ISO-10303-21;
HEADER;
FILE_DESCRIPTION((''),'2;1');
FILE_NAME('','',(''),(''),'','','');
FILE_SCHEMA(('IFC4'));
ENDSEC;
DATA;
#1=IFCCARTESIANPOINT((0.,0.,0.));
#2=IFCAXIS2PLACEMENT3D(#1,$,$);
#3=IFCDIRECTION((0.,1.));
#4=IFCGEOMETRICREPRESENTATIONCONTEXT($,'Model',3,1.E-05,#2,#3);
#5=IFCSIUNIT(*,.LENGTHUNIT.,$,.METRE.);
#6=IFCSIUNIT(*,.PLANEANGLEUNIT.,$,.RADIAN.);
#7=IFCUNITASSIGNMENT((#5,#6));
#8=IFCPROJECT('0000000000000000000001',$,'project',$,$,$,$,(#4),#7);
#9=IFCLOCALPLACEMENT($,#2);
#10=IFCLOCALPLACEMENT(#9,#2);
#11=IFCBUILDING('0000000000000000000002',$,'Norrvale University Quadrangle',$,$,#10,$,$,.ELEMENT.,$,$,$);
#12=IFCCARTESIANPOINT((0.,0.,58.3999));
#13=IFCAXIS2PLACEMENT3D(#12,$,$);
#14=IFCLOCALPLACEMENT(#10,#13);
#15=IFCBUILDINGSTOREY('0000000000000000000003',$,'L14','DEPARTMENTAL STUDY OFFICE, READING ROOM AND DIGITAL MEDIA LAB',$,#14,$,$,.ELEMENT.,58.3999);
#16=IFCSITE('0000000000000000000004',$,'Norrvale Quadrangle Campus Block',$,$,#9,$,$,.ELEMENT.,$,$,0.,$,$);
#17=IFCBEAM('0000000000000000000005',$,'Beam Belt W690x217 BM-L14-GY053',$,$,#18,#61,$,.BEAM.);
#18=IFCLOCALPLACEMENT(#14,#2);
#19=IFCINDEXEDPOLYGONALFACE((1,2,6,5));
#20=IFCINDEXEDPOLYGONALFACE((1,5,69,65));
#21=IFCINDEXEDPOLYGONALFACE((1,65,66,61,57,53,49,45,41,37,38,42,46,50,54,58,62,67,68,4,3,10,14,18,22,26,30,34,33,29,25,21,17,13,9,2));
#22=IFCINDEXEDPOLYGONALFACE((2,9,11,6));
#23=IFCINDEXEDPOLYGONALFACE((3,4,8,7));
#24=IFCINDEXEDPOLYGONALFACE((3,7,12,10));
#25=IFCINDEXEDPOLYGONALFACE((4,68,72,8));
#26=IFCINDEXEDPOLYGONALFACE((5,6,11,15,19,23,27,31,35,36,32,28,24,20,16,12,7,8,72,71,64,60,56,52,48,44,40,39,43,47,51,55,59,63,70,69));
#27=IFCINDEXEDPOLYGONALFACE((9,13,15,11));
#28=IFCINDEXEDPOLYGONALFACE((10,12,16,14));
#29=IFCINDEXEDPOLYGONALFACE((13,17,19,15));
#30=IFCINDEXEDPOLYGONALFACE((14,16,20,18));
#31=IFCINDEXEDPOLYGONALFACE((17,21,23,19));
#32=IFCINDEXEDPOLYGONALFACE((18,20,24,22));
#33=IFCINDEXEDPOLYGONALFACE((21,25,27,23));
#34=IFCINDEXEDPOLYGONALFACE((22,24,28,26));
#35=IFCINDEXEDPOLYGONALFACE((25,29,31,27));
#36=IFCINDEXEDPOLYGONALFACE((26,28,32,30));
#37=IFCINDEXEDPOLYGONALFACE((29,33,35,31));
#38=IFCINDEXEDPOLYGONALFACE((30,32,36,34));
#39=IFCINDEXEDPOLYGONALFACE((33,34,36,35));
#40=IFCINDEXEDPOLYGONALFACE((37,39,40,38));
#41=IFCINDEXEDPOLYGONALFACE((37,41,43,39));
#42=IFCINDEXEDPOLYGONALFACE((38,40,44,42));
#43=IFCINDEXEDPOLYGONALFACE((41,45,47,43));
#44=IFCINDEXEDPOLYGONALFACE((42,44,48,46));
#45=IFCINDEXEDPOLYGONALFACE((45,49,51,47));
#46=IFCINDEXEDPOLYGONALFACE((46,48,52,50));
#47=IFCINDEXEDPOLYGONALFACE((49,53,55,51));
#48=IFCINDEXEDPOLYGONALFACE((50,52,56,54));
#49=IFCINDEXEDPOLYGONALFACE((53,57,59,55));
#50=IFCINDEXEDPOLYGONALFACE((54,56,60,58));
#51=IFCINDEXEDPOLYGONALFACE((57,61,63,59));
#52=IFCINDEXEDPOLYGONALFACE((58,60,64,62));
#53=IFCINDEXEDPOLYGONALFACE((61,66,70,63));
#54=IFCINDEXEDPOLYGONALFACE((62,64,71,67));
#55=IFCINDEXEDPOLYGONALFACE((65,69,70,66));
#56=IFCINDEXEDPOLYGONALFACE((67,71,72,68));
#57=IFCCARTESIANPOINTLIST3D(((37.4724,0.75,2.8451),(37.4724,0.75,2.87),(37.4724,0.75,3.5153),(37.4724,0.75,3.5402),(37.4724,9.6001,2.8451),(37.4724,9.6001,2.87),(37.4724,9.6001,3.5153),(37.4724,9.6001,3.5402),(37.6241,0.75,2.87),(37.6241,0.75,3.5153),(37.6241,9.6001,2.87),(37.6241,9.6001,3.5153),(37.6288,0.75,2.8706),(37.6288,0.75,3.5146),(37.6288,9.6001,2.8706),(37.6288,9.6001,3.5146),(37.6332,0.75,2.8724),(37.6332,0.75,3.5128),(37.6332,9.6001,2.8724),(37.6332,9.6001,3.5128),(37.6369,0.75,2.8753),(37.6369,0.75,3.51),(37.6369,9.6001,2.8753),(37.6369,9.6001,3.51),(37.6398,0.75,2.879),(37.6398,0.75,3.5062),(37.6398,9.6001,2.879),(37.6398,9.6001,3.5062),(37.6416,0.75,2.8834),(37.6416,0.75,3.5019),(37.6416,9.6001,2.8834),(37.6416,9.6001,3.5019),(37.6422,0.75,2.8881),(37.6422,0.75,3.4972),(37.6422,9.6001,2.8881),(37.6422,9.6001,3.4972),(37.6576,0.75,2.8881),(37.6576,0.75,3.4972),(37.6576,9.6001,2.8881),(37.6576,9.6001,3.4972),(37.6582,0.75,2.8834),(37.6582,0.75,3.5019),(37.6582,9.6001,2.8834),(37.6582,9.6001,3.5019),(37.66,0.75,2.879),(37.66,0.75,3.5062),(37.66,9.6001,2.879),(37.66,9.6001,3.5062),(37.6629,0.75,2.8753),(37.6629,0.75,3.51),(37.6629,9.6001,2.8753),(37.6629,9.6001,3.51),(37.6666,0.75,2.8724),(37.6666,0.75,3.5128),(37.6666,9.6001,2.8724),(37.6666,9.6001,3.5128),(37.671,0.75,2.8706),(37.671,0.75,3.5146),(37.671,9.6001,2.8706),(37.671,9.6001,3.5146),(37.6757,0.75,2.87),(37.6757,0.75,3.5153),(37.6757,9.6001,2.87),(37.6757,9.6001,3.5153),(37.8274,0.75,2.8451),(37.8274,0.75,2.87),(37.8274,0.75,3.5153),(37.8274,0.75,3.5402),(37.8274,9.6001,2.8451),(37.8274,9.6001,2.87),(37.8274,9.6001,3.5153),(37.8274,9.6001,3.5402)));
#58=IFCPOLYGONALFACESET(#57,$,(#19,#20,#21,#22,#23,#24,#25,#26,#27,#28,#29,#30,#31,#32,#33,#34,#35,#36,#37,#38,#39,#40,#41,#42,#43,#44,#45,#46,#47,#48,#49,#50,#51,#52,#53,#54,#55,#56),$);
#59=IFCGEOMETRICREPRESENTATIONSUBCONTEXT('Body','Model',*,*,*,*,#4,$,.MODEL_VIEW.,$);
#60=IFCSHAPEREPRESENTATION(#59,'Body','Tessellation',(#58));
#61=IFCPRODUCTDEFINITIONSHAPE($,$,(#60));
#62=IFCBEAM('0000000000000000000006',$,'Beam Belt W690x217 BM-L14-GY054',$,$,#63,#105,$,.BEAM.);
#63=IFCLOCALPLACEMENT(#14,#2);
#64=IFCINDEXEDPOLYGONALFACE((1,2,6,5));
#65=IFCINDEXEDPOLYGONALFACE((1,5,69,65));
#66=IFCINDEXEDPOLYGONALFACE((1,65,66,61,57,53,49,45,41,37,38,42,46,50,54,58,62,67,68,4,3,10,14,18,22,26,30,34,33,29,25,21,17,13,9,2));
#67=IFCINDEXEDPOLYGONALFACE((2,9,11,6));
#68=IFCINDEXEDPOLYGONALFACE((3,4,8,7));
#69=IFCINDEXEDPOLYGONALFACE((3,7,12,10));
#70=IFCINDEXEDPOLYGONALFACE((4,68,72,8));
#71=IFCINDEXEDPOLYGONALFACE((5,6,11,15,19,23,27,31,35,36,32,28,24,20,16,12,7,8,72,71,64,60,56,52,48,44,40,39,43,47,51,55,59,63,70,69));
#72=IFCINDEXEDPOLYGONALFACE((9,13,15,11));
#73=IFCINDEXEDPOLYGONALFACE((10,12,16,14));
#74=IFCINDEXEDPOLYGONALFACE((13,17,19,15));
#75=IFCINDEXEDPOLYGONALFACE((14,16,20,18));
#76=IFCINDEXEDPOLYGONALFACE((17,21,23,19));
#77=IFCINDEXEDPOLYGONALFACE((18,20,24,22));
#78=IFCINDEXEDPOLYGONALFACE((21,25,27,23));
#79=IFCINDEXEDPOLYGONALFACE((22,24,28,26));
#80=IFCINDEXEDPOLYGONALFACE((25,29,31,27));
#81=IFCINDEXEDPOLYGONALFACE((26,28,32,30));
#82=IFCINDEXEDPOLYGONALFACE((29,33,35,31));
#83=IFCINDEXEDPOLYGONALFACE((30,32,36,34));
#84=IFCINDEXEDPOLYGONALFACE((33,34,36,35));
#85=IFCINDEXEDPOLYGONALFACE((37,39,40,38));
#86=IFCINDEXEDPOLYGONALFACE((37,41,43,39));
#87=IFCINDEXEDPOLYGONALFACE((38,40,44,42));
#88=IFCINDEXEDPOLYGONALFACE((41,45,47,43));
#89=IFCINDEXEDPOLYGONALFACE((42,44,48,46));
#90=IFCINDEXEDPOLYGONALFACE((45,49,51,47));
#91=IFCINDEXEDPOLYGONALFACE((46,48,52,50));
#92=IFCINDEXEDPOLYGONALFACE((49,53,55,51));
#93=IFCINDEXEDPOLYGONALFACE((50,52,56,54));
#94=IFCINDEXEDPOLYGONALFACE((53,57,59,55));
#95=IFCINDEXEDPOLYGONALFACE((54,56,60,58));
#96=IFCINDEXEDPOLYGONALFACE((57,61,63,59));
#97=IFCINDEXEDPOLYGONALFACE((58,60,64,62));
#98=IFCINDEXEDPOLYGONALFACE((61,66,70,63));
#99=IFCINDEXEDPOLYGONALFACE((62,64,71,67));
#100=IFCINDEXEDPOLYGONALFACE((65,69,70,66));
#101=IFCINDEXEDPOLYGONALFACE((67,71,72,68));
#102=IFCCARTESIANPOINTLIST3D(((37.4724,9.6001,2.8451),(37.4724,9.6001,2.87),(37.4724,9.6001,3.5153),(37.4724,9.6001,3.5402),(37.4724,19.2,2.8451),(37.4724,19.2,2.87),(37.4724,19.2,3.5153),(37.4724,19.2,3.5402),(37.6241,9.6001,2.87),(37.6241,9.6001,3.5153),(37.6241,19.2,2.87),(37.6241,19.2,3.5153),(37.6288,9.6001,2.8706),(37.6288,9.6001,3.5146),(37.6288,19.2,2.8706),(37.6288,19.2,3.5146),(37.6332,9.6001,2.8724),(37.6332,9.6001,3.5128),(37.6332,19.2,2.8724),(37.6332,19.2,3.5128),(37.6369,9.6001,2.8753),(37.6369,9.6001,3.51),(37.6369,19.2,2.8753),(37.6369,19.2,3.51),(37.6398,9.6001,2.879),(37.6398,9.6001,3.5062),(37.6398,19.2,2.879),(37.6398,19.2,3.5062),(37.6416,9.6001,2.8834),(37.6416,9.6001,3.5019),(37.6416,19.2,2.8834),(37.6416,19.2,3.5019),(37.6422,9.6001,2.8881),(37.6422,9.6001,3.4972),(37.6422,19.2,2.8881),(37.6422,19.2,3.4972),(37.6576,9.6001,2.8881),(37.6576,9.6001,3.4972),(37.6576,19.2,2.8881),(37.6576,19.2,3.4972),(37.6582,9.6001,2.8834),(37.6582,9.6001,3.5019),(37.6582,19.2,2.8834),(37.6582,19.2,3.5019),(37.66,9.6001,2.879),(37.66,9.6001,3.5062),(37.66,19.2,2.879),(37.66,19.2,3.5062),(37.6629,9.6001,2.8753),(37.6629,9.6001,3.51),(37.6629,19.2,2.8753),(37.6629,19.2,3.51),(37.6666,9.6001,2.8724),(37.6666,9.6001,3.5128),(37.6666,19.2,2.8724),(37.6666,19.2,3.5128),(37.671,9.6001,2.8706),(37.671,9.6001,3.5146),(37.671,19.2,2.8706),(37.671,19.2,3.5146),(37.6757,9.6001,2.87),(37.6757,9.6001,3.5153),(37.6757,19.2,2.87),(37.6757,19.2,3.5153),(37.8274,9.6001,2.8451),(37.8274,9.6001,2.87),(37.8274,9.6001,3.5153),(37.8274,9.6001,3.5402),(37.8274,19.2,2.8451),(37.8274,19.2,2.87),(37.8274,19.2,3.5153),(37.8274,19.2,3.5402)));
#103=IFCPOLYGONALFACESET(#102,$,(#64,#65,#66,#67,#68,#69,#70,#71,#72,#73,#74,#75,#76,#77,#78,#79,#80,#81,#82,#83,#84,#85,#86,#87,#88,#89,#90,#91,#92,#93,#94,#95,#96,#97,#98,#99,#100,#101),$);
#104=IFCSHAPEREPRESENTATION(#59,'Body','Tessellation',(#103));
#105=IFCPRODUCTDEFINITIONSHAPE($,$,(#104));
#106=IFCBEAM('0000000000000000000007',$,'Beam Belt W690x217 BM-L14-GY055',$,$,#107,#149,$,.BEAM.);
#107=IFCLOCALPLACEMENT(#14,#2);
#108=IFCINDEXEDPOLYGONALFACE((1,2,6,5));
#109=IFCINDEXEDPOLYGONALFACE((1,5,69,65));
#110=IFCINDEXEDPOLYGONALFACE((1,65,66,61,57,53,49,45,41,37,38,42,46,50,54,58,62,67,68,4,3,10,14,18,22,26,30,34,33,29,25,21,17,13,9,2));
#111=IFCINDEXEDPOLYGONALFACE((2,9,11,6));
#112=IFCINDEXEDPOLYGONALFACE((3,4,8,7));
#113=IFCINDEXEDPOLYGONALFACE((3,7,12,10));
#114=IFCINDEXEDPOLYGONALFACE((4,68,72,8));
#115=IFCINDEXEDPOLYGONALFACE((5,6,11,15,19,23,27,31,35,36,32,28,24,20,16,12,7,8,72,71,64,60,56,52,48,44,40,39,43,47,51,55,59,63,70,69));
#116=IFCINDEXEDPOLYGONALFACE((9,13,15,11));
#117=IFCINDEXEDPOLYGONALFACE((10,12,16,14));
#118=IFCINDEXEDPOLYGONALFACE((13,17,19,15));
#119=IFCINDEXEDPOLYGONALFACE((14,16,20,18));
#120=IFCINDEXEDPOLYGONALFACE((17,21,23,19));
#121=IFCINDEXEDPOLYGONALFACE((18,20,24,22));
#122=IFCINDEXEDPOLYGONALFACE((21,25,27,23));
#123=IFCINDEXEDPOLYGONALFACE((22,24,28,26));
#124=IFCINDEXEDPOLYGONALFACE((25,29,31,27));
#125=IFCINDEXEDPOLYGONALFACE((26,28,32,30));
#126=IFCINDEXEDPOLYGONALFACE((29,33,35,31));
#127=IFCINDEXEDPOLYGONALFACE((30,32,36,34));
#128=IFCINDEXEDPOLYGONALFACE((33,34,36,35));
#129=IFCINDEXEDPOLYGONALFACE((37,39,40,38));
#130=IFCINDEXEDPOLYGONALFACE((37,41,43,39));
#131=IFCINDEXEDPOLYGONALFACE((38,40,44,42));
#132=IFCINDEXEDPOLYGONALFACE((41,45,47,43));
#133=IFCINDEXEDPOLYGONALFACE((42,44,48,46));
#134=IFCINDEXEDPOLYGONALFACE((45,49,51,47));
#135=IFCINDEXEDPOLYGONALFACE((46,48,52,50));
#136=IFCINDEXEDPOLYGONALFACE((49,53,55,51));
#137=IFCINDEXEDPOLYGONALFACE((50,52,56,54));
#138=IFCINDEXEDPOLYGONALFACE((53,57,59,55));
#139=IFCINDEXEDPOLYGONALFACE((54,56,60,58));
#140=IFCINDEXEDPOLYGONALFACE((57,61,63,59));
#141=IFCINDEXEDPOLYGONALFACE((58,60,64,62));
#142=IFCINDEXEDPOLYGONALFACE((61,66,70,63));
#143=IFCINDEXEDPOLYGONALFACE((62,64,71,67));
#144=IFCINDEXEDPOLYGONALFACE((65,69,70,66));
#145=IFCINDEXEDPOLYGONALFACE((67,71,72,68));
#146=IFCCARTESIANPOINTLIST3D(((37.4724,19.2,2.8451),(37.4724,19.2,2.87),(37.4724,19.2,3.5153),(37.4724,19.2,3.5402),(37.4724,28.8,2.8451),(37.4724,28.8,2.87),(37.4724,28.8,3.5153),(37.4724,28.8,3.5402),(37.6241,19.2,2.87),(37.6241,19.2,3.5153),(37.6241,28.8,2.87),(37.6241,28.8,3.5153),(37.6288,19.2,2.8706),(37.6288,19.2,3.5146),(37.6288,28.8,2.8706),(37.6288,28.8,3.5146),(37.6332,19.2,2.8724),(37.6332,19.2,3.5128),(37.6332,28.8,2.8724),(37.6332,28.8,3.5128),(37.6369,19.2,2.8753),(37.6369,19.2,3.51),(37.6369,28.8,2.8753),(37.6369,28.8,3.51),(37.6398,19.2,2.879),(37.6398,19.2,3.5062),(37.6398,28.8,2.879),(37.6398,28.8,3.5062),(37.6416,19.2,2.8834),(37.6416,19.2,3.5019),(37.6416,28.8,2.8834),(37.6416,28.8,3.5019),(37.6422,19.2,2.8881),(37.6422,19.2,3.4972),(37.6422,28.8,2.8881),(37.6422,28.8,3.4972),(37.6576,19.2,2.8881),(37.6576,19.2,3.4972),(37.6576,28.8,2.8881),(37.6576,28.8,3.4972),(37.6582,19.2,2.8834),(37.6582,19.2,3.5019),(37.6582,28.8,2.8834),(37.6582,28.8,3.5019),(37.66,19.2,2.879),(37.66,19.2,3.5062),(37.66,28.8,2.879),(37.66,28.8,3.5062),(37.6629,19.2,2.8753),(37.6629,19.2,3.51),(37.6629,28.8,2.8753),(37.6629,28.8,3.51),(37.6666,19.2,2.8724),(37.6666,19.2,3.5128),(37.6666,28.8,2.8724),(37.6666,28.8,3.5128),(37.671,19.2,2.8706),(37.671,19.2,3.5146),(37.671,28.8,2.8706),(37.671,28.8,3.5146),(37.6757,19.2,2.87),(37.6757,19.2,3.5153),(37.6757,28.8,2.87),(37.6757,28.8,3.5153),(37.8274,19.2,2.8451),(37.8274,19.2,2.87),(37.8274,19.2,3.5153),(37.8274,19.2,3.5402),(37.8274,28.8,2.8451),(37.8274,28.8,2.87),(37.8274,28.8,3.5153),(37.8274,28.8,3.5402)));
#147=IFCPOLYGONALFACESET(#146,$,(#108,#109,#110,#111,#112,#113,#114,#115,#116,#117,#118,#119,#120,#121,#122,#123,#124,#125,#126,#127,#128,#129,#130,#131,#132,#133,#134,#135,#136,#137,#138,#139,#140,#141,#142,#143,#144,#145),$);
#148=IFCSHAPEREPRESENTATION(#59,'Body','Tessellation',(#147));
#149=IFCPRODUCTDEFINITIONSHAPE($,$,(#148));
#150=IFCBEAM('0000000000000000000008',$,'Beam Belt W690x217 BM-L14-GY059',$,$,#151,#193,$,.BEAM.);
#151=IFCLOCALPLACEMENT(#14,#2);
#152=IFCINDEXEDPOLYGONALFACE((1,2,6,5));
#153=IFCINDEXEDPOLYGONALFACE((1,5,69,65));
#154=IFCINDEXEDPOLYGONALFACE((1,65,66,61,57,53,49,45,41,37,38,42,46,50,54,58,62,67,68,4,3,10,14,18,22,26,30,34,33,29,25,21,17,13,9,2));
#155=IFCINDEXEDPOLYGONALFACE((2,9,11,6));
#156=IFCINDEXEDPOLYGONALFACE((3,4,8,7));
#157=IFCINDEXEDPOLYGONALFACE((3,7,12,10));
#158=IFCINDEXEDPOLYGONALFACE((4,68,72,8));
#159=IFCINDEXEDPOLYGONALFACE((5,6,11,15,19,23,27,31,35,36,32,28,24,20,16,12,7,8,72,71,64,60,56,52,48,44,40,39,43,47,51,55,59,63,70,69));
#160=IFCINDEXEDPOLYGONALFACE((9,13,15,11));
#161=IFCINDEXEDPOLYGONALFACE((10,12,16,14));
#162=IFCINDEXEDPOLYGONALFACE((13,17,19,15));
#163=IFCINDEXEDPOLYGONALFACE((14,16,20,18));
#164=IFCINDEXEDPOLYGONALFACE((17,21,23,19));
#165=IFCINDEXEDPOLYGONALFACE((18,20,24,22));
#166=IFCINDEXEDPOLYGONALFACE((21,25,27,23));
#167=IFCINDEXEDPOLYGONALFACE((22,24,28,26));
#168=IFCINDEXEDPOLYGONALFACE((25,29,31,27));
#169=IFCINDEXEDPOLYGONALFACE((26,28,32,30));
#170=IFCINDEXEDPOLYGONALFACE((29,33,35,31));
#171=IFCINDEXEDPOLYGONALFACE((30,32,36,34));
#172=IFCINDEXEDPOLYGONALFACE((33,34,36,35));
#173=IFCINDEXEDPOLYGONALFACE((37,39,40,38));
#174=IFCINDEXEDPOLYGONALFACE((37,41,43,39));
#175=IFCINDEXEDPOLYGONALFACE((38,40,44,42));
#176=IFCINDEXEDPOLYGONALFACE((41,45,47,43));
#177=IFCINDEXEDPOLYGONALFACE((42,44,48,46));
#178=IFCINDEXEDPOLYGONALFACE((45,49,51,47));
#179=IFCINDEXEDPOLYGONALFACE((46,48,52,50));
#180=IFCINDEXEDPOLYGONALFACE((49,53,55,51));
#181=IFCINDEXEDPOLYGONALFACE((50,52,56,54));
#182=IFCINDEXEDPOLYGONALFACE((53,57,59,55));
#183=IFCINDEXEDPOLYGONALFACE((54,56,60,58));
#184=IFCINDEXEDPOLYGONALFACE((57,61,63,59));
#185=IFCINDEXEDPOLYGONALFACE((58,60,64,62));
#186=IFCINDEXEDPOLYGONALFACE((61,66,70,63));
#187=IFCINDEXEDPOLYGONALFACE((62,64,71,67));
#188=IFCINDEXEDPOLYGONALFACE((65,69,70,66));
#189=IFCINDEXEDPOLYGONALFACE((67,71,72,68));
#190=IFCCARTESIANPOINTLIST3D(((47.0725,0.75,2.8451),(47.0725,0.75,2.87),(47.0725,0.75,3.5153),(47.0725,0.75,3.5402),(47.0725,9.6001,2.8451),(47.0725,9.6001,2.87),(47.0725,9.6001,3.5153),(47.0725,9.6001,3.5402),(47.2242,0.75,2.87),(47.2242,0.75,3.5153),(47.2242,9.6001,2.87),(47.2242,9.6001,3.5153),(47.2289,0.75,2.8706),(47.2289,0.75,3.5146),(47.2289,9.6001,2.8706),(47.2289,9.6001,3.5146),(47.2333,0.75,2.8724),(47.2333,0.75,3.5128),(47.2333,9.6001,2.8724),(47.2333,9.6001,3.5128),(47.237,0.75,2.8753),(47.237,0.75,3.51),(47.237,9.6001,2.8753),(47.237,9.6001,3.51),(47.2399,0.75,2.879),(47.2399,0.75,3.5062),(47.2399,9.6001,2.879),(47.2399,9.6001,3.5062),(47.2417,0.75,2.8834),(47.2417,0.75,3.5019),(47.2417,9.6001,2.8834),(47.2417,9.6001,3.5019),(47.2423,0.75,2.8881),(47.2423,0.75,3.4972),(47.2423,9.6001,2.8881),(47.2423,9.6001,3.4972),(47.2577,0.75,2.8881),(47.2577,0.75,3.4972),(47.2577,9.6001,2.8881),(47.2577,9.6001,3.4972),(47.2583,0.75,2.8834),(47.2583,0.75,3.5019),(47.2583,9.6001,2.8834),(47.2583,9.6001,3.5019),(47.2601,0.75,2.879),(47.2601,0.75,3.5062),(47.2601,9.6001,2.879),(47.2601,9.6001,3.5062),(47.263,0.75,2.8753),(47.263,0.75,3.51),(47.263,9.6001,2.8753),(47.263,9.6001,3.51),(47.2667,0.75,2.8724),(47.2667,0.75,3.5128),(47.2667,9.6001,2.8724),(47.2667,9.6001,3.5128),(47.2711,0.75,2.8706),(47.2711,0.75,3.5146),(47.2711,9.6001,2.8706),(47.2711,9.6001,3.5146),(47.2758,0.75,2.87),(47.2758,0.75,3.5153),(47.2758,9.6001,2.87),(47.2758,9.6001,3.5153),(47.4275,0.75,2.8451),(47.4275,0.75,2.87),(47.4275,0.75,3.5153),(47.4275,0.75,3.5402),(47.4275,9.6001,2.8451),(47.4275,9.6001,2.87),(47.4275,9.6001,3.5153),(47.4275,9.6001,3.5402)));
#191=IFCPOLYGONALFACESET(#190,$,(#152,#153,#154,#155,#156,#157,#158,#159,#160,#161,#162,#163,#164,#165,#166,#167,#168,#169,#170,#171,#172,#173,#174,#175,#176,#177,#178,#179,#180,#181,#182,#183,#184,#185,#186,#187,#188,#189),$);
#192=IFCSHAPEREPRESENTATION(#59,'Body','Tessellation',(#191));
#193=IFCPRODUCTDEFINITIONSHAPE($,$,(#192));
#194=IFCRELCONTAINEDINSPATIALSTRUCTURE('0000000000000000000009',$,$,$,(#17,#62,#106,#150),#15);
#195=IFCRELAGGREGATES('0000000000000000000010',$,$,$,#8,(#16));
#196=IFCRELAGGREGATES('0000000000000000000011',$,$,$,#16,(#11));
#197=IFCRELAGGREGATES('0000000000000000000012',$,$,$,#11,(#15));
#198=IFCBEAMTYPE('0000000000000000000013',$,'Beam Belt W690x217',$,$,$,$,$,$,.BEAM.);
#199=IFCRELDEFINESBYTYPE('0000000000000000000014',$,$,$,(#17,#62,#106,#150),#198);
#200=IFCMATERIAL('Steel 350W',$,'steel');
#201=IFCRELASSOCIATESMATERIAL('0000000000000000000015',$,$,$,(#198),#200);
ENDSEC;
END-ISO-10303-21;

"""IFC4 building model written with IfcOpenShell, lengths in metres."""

from ifc_helpers import new_model, si_unit, direction, frame, origin, origin_2d, place, context, subcontext, project, spatial, i_section, extrude, material, material_profile, profile_set, type_object, element, save


model = new_model("IFC4")

# Units and contexts
model_context = context("Model", 3, precision=1e-05, world=origin(), true_north=direction((0.0, 1.0)))
body_context = subcontext(model_context, "Body", "Model", "MODEL_VIEW")
ifc_project = project(units=[si_unit("LENGTHUNIT", "METRE"), si_unit("PLANEANGLEUNIT", "RADIAN")], contexts=[model_context])

# Site, building, storey
site_placement = place(None, origin())
site = spatial("IfcSite", under=ifc_project, at=site_placement, Name="Norrvale Quadrangle Campus Block", CompositionType="ELEMENT", RefElevation=0.0)
building_placement = place(site_placement, origin())
building = spatial("IfcBuilding", under=site, at=building_placement, Name="Norrvale University Quadrangle", CompositionType="ELEMENT")
storey_placement = place(building_placement, frame((0.0, 0.0, 58.3999)))
storey = spatial("IfcBuildingStorey", under=building, at=storey_placement, Name="L14", Description="DEPARTMENTAL STUDY OFFICE, READING ROOM AND DIGITAL MEDIA LAB", CompositionType="ELEMENT", Elevation=58.3999)

# Beams
ifc_material_1 = material(Name="Steel 350W", Category="steel")
ifc_material_profile_1 = material_profile(ifc_material_1, i_section(OverallWidth=0.355, OverallDepth=0.6951, WebThickness=0.0154, FlangeThickness=0.0249, FilletRadius=0.0181, at=origin_2d()), Name="Steel 350W")
ifc_profile_set_1 = profile_set([ifc_material_profile_1], Name="Steel 350W")
beam_type_1 = type_object("IfcBeamType", Name="Beam Belt W690x217", PredefinedType="BEAM", material=ifc_profile_set_1)
beam_1_placement = place(storey_placement, frame((37.6499, 0.75, 3.1926), z_axis=(0.0, 1.0, 0.0), x_axis=(-1.0, 0.0, 0.0)))
element("IfcBeam", 1, at=beam_1_placement, inside=storey, type_object=beam_type_1, Name="Beam Belt W690x217 BM-L14-GY053", PredefinedType="BEAM", context=body_context, shape_type="SweptSolid", body=[
    extrude(i_section(OverallWidth=0.355, OverallDepth=0.6951, WebThickness=0.0154, FlangeThickness=0.0249, FilletRadius=0.0181, at=origin_2d()), origin(), (0.0, 0.0, 1.0), 8.8501),
])
beam_2_placement = place(storey_placement, frame((37.6499, 9.6001, 3.1926), z_axis=(0.0, 1.0, 0.0), x_axis=(-1.0, 0.0, 0.0)))
element("IfcBeam", 2, at=beam_2_placement, inside=storey, type_object=beam_type_1, Name="Beam Belt W690x217 BM-L14-GY054", PredefinedType="BEAM", context=body_context, shape_type="SweptSolid", body=[
    extrude(i_section(OverallWidth=0.355, OverallDepth=0.6951, WebThickness=0.0154, FlangeThickness=0.0249, FilletRadius=0.0181, at=origin_2d()), origin(), (0.0, 0.0, 1.0), 9.5999),
])
beam_3_placement = place(storey_placement, frame((37.6499, 19.2, 3.1926), z_axis=(0.0, 1.0, 0.0), x_axis=(-1.0, 0.0, 0.0)))
element("IfcBeam", 3, at=beam_3_placement, inside=storey, type_object=beam_type_1, Name="Beam Belt W690x217 BM-L14-GY055", PredefinedType="BEAM", context=body_context, shape_type="SweptSolid", body=[
    extrude(i_section(OverallWidth=0.355, OverallDepth=0.6951, WebThickness=0.0154, FlangeThickness=0.0249, FilletRadius=0.0181, at=origin_2d()), origin(), (0.0, 0.0, 1.0), 9.6001),
])
beam_4_placement = place(storey_placement, frame((47.25, 0.75, 3.1926), z_axis=(0.0, 1.0, 0.0), x_axis=(-1.0, 0.0, 0.0)))
element("IfcBeam", 4, at=beam_4_placement, inside=storey, type_object=beam_type_1, Name="Beam Belt W690x217 BM-L14-GY059", PredefinedType="BEAM", context=body_context, shape_type="SweptSolid", body=[
    extrude(i_section(OverallWidth=0.355, OverallDepth=0.6951, WebThickness=0.0154, FlangeThickness=0.0249, FilletRadius=0.0181, at=origin_2d()), origin(), (0.0, 0.0, 1.0), 8.8501),
])

save(model, "model.ifc")
